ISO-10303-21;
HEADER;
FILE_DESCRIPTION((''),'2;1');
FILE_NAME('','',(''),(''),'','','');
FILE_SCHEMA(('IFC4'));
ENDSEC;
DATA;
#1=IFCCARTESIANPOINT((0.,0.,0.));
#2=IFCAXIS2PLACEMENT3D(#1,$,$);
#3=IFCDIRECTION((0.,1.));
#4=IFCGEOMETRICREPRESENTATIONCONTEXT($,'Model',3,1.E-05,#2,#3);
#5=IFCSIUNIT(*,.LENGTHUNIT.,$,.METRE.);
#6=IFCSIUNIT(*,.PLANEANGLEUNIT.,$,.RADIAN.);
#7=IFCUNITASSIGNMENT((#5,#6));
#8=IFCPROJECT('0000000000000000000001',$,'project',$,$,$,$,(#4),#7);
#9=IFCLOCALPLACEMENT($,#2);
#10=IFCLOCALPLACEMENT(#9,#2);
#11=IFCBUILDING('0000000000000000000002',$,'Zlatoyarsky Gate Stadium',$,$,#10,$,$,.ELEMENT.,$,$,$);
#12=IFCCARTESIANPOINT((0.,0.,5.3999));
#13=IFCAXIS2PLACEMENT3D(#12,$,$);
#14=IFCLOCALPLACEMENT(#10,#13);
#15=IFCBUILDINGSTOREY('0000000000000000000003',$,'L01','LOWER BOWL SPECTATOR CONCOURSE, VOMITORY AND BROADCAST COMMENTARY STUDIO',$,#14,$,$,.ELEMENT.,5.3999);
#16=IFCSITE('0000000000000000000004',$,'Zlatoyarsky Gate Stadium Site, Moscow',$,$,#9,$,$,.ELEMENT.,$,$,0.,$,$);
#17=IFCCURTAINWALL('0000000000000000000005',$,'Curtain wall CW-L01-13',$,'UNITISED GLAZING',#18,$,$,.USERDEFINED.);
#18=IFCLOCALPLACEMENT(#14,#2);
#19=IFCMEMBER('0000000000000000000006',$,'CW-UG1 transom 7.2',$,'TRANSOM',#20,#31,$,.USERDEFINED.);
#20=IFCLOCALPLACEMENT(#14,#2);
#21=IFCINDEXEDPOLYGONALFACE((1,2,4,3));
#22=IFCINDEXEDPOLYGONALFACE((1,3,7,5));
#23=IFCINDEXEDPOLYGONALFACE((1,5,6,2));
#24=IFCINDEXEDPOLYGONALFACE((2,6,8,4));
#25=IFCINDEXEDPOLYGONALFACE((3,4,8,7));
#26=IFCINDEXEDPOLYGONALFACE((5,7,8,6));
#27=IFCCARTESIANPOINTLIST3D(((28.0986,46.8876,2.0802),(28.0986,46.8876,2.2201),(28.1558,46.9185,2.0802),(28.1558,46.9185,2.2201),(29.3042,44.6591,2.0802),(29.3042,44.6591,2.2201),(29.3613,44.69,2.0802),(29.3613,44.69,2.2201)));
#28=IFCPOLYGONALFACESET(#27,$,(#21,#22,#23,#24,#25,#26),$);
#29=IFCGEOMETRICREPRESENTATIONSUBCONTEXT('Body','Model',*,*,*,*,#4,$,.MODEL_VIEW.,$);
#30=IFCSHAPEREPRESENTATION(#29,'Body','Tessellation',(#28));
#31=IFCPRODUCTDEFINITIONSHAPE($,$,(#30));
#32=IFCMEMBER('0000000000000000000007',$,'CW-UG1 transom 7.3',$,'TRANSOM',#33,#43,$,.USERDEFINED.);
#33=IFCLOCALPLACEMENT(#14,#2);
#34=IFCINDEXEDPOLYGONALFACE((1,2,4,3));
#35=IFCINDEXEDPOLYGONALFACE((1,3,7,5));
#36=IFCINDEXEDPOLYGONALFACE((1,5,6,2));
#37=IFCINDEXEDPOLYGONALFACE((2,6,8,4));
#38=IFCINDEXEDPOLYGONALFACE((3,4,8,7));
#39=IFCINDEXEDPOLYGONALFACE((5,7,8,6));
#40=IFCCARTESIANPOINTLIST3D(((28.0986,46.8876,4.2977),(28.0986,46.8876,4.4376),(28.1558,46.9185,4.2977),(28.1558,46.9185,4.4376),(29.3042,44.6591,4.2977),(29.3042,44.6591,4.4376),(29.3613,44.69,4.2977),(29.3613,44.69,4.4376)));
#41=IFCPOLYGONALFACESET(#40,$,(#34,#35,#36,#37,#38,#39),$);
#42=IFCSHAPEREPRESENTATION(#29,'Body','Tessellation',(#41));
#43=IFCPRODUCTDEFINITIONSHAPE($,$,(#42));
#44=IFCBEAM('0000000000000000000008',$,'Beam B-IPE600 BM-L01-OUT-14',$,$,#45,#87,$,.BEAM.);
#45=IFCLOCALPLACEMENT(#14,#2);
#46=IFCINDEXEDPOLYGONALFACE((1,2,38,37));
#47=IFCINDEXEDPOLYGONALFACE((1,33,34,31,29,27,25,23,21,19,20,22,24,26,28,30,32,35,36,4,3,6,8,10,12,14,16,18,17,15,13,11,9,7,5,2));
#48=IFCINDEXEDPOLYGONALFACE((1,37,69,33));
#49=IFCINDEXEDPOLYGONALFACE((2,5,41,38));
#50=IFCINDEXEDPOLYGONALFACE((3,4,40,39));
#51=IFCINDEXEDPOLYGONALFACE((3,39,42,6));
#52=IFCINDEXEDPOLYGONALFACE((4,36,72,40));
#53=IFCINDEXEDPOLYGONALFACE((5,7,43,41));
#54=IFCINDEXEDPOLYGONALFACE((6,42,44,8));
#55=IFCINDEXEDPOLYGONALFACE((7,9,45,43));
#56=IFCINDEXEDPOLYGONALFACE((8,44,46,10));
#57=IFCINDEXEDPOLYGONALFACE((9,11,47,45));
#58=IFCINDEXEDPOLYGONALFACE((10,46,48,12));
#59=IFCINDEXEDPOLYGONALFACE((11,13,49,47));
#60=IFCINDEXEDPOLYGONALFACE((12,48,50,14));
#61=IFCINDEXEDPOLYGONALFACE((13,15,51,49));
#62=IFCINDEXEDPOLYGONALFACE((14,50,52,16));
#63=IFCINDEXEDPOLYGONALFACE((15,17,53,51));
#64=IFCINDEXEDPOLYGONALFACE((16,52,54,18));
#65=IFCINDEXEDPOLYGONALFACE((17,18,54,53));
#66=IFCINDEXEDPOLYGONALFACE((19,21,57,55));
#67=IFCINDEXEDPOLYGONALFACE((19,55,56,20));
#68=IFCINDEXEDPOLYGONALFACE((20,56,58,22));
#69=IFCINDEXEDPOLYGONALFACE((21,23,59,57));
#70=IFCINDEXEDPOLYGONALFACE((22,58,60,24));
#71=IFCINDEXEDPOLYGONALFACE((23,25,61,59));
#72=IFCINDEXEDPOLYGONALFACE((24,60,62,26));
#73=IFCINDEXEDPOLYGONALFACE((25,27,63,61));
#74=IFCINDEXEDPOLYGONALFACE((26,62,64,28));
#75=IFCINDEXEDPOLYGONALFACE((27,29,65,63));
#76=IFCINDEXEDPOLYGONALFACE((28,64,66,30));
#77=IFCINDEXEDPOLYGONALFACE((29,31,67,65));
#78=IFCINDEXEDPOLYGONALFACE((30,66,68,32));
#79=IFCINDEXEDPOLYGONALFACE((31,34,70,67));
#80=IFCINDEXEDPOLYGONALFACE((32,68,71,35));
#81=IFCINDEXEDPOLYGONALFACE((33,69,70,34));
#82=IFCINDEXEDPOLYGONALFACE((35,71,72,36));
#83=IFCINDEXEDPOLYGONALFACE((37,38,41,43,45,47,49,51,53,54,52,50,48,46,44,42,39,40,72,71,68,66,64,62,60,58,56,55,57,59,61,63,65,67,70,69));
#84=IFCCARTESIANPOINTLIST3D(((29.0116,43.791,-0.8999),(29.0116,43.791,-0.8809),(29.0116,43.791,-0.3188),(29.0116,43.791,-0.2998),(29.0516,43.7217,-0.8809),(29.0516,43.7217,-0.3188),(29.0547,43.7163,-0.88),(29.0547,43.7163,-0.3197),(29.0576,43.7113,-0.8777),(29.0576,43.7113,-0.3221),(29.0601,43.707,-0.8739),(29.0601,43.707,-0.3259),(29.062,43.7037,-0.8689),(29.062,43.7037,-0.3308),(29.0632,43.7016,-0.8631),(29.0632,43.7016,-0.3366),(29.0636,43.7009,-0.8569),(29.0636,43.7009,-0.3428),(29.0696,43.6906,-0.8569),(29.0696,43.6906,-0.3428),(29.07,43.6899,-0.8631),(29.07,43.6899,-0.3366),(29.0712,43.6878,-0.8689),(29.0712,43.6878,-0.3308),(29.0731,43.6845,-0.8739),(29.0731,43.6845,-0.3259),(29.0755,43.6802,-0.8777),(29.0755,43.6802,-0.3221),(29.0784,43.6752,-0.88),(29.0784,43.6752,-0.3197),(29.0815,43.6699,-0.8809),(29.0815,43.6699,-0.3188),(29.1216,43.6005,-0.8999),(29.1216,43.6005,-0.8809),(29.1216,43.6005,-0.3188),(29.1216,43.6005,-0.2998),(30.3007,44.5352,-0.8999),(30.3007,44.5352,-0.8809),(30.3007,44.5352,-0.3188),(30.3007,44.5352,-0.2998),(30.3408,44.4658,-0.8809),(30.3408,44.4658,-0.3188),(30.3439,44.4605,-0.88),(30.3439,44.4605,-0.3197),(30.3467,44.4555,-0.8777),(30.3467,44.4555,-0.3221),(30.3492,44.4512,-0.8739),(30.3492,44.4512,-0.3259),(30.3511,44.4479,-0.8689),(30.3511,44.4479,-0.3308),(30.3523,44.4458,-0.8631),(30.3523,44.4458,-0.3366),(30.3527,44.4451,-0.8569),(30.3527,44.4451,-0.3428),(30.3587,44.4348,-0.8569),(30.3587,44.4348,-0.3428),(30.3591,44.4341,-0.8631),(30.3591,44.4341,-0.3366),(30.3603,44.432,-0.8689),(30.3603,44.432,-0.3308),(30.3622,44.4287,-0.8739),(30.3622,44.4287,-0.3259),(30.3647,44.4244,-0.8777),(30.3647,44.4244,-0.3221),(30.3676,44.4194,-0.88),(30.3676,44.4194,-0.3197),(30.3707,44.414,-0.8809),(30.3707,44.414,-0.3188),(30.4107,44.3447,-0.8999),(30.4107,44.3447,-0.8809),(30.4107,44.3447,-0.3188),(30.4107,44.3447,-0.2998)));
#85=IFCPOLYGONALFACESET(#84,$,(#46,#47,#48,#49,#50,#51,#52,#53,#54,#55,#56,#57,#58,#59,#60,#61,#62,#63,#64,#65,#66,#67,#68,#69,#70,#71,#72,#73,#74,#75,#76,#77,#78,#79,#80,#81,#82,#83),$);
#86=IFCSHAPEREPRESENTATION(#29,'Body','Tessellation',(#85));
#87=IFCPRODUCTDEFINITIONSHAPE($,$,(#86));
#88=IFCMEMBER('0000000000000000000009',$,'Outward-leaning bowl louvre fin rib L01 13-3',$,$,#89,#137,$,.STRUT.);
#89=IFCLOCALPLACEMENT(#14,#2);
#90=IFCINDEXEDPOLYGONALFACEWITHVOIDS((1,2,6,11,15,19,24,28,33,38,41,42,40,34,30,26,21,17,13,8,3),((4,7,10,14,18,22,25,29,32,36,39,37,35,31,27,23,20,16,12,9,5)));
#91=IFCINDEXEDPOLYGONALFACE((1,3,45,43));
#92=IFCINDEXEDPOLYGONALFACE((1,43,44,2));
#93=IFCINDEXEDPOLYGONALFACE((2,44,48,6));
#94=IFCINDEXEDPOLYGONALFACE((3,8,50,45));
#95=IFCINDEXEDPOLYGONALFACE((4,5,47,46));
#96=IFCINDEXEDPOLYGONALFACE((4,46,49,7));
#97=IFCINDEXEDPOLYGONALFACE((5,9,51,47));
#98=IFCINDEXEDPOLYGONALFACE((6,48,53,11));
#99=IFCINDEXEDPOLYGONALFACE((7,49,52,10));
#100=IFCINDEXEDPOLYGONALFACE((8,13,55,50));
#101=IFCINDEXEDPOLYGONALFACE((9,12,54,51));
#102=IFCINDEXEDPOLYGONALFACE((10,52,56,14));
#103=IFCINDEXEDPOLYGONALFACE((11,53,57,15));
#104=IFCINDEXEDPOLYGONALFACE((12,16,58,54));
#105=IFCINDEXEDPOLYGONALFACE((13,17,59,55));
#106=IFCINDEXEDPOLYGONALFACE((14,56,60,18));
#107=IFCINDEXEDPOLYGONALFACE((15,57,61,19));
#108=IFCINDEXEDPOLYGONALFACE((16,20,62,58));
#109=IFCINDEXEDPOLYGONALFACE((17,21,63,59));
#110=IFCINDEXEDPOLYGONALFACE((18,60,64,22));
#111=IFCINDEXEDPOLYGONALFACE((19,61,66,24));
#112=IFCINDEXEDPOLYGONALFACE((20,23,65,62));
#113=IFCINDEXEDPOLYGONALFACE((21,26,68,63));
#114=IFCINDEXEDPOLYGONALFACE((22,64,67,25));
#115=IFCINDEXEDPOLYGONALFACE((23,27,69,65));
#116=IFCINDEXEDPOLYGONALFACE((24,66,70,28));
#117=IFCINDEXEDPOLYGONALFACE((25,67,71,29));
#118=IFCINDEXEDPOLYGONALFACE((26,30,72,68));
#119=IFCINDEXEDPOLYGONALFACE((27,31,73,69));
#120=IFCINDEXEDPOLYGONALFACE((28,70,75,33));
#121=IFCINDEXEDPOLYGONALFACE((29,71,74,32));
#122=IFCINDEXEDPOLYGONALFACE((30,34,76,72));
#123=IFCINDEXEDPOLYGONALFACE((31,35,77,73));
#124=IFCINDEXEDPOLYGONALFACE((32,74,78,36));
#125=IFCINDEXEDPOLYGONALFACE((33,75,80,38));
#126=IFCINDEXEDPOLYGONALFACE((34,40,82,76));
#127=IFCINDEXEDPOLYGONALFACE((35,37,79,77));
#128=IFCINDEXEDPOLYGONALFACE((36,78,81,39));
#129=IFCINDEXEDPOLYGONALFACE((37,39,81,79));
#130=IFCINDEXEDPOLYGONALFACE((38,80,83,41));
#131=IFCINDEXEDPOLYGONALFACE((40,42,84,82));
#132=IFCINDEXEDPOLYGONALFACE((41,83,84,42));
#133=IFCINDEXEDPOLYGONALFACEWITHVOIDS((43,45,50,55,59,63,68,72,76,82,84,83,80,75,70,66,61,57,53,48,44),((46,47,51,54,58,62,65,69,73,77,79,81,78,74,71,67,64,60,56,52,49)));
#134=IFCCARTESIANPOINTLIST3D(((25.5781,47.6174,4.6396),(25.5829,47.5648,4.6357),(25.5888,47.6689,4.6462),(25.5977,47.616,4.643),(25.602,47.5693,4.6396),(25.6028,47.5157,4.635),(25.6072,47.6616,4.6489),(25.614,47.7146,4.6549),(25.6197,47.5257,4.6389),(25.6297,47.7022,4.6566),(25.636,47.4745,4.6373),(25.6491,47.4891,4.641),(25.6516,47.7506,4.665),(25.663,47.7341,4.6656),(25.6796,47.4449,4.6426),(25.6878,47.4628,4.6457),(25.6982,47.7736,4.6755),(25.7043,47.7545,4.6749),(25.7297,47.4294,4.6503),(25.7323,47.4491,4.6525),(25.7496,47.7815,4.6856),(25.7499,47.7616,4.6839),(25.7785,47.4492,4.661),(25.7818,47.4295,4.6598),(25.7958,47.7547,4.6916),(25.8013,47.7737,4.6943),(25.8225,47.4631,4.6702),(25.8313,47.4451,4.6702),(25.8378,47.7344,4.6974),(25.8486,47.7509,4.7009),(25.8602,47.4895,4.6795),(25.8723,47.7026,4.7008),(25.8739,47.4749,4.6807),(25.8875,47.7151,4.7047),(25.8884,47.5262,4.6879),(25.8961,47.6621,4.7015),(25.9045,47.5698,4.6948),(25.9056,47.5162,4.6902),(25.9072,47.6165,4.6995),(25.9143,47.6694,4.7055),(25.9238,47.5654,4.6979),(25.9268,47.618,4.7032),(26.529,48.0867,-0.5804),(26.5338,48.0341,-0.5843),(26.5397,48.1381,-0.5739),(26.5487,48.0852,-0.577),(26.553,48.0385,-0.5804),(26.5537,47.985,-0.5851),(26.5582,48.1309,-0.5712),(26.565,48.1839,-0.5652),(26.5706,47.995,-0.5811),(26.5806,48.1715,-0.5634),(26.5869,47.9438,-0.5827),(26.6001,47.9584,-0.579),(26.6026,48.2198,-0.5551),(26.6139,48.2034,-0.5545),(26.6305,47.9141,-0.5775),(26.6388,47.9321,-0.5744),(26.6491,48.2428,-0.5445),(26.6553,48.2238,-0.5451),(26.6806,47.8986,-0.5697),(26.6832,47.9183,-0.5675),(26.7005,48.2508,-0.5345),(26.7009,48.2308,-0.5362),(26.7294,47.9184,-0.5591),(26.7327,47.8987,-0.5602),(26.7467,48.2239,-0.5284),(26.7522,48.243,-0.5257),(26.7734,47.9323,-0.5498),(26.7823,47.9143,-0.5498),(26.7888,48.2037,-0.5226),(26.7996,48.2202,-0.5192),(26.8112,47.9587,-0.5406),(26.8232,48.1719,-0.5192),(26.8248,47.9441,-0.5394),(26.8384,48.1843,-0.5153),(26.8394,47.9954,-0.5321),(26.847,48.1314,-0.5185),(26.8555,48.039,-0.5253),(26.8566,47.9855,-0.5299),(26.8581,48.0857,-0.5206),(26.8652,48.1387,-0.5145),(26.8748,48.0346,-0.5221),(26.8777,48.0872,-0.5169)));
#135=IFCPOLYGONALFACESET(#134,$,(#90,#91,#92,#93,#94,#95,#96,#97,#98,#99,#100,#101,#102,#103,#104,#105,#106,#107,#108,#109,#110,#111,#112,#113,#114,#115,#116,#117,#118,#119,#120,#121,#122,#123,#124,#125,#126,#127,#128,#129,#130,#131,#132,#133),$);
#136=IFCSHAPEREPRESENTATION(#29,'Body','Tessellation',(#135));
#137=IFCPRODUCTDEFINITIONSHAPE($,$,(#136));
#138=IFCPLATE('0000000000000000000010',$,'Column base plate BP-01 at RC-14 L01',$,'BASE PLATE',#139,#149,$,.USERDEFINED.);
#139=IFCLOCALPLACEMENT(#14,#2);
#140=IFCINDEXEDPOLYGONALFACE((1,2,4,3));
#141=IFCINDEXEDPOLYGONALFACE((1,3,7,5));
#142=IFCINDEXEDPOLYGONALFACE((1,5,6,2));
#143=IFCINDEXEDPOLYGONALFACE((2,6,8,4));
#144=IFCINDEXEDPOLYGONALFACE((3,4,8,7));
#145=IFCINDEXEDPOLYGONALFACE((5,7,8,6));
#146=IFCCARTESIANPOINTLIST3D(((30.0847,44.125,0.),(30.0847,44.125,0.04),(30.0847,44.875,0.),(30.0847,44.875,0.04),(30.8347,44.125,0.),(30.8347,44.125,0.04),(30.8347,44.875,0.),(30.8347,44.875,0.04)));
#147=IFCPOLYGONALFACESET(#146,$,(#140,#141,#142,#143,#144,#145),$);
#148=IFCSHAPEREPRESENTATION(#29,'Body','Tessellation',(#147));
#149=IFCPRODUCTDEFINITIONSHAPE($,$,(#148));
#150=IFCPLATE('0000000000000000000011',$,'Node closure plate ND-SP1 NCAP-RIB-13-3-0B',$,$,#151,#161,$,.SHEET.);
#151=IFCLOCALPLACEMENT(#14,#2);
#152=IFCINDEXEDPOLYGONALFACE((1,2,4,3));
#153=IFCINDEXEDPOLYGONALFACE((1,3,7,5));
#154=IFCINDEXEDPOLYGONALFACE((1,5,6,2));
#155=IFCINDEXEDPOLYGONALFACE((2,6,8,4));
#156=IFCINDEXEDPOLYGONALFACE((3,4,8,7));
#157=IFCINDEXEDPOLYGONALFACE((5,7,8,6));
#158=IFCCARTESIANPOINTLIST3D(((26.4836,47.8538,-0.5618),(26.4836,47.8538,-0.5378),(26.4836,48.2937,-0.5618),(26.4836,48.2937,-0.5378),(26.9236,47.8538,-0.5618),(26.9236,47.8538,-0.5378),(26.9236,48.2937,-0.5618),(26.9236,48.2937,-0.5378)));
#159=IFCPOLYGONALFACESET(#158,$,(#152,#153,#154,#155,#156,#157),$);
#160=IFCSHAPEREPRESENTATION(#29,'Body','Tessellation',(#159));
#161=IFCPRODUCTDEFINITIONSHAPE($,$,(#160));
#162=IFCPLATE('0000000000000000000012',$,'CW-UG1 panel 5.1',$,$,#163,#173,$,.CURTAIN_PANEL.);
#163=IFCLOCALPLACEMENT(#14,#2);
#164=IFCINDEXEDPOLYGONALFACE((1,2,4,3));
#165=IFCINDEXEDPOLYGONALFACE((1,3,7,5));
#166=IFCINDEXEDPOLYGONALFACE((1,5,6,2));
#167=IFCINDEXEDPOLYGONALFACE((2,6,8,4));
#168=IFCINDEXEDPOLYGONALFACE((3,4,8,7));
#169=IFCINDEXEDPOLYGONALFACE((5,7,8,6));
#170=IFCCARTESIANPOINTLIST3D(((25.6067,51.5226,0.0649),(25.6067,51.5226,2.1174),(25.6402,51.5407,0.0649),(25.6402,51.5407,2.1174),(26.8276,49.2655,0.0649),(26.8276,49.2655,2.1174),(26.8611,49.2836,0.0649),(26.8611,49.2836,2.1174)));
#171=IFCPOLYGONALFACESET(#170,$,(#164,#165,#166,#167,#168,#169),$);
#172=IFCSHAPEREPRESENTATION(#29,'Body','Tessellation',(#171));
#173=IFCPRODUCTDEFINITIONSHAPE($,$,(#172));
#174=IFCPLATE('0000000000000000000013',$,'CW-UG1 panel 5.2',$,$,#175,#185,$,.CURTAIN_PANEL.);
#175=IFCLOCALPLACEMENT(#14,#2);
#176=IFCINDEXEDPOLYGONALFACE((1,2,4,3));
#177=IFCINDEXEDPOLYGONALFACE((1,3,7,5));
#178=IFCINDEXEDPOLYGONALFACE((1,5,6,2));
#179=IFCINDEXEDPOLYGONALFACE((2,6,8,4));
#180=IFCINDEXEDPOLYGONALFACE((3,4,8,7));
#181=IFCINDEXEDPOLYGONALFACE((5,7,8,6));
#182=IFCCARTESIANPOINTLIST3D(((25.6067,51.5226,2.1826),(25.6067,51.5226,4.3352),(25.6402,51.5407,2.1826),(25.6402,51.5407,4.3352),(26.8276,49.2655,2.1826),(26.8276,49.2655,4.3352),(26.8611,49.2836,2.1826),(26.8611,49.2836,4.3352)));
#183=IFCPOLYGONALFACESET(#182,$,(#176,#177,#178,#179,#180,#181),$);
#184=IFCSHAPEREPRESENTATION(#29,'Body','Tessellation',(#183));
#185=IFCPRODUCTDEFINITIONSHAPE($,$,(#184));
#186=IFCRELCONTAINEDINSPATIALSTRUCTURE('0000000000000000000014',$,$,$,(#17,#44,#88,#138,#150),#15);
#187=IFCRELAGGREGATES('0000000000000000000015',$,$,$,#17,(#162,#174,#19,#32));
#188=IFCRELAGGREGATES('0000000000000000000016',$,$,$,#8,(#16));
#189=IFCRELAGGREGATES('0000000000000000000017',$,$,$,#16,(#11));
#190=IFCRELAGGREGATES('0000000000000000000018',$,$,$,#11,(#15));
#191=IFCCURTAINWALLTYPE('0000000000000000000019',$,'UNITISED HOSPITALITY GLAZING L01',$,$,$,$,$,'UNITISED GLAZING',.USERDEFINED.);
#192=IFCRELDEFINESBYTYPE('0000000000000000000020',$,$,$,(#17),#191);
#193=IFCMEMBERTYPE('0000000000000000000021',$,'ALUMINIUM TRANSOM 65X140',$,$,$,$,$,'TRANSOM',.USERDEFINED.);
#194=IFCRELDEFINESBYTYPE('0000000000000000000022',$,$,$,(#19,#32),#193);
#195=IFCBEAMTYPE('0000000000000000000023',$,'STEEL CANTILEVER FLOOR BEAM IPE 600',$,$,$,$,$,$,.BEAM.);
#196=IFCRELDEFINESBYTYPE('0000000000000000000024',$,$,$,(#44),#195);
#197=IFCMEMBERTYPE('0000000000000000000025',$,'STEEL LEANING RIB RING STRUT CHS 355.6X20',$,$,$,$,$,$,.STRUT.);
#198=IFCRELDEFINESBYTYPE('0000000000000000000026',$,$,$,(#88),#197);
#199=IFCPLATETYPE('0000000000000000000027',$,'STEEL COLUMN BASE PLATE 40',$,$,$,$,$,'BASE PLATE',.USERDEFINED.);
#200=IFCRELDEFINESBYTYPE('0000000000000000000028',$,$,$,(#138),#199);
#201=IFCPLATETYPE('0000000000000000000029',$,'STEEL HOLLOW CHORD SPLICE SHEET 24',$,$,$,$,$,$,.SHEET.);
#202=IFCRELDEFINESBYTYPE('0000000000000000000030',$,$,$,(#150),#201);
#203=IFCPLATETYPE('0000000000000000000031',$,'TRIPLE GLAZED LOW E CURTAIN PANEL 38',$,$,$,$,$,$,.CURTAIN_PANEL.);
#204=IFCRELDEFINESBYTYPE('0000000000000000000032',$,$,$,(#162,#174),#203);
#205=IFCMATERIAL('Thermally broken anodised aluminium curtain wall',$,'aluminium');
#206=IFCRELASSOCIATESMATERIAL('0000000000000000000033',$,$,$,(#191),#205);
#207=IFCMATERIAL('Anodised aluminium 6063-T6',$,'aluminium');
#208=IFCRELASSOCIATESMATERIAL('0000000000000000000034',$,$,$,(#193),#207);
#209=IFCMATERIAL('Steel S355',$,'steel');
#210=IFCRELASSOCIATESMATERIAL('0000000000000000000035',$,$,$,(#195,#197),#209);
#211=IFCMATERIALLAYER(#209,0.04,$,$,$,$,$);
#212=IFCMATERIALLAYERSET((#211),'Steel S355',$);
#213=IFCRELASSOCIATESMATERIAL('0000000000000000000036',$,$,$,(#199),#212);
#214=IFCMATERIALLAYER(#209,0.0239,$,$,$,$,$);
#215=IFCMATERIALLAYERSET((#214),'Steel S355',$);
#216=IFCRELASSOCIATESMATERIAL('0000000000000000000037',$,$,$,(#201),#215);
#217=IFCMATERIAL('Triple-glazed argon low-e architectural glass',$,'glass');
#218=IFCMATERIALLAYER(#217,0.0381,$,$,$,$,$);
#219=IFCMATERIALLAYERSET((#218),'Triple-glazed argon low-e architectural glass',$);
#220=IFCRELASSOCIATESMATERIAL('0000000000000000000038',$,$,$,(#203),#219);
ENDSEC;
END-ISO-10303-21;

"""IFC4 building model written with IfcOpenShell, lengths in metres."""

from ifc_helpers import new_model, si_unit, direction, frame, origin, origin_2d, place, context, subcontext, project, spatial, rectangle, hollow_circle, i_section, extrude, material, layer, layer_set, material_profile, profile_set, type_object, element, aggregate, save


model = new_model("IFC4")

# Units and contexts
model_context = context("Model", 3, precision=1e-05, world=origin(), true_north=direction((0.0, 1.0)))
body_context = subcontext(model_context, "Body", "Model", "MODEL_VIEW")
ifc_project = project(units=[si_unit("LENGTHUNIT", "METRE"), si_unit("PLANEANGLEUNIT", "RADIAN")], contexts=[model_context])

# Site, building, storey
site_placement = place(None, origin())
site = spatial("IfcSite", under=ifc_project, at=site_placement, Name="Zlatoyarsky Gate Stadium Site, Moscow", CompositionType="ELEMENT", RefElevation=0.0)
building_placement = place(site_placement, origin())
building = spatial("IfcBuilding", under=site, at=building_placement, Name="Zlatoyarsky Gate Stadium", CompositionType="ELEMENT")
storey_placement = place(building_placement, frame((0.0, 0.0, 5.3999)))
storey = spatial("IfcBuildingStorey", under=building, at=storey_placement, Name="L01", Description="LOWER BOWL SPECTATOR CONCOURSE, VOMITORY AND BROADCAST COMMENTARY STUDIO", CompositionType="ELEMENT", Elevation=5.3999)

# Shared definitions
ifc_material_1 = material(Name="Steel S355", Category="steel")

# Curtain wall, members
ifc_material_2 = material(Name="Thermally broken anodised aluminium curtain wall", Category="aluminium")
curtain_wall_type = type_object("IfcCurtainWallType", Name="UNITISED HOSPITALITY GLAZING L01", ElementType="UNITISED GLAZING", PredefinedType="USERDEFINED", material=ifc_material_2)
curtain_wall_placement = place(storey_placement, origin())
curtain_wall = element("IfcCurtainWall", 1, at=curtain_wall_placement, inside=storey, type_object=curtain_wall_type, Name="Curtain wall CW-L01-13", ObjectType="UNITISED GLAZING", PredefinedType="USERDEFINED")
ifc_material_3 = material(Name="Anodised aluminium 6063-T6", Category="aluminium")
ifc_material_profile_1 = material_profile(ifc_material_3, rectangle(XDim=0.0649, YDim=0.1399, at=origin_2d()), Name="ALU 65X140")
ifc_profile_set_1 = profile_set([ifc_material_profile_1], Name="Anodised aluminium 6063-T6")
member_type_1 = type_object("IfcMemberType", Name="ALUMINIUM TRANSOM 65X140", ElementType="TRANSOM", PredefinedType="USERDEFINED", material=ifc_profile_set_1)
member_1_placement = place(storey_placement, frame((28.1272, 46.9031, 2.1501), z_axis=(0.475811, -0.879547, 0.0), x_axis=(0.879547, 0.475811, 0.0)))
member_1 = element("IfcMember", 2, at=member_1_placement, type_object=member_type_1, Name="CW-UG1 transom 7.2", ObjectType="TRANSOM", PredefinedType="USERDEFINED", context=body_context, shape_type="SweptSolid", body=[
    extrude(rectangle(XDim=0.0649, YDim=0.1399, at=origin_2d()), origin(), (0.0, 0.0, 1.0), 2.5337),
])
member_2_placement = place(storey_placement, frame((28.1272, 46.9031, 4.3677), z_axis=(0.475811, -0.879547, 0.0), x_axis=(0.879547, 0.475811, 0.0)))
member_2 = element("IfcMember", 3, at=member_2_placement, type_object=member_type_1, Name="CW-UG1 transom 7.3", ObjectType="TRANSOM", PredefinedType="USERDEFINED", context=body_context, shape_type="SweptSolid", body=[
    extrude(rectangle(XDim=0.0649, YDim=0.1399, at=origin_2d()), origin(), (0.0, 0.0, 1.0), 2.5337),
])

# Beam
ifc_material_profile_2 = material_profile(ifc_material_1, i_section(OverallWidth=0.22, OverallDepth=0.6001, WebThickness=0.012, FlangeThickness=0.019, FilletRadius=0.0239, at=origin_2d()), Name="IPE 600")
ifc_profile_set_2 = profile_set([ifc_material_profile_2], Name="Steel S355")
beam_type = type_object("IfcBeamType", Name="STEEL CANTILEVER FLOOR BEAM IPE 600", PredefinedType="BEAM", material=ifc_profile_set_2)
beam_placement = place(storey_placement, frame((30.3557, 44.4399, -0.5999), z_axis=(-0.866054, -0.49995, 0.0), x_axis=(0.49995, -0.866054, 0.0)))
element("IfcBeam", 4, at=beam_placement, inside=storey, type_object=beam_type, Name="Beam B-IPE600 BM-L01-OUT-14", PredefinedType="BEAM", context=body_context, shape_type="SweptSolid", body=[
    extrude(i_section(OverallWidth=0.22, OverallDepth=0.6001, WebThickness=0.012, FlangeThickness=0.019, FilletRadius=0.0239, at=origin_2d()), origin(), (0.0, 0.0, 1.0), 1.4885),
])

# Member
ifc_material_profile_3 = material_profile(ifc_material_1, hollow_circle(Radius=0.1777, WallThickness=0.02, at=origin_2d()), Name="CHS 355.6X20")
ifc_profile_set_3 = profile_set([ifc_material_profile_3], Name="Steel S355")
member_type_2 = type_object("IfcMemberType", Name="STEEL LEANING RIB RING STRUT CHS 355.6X20", PredefinedType="STRUT", material=ifc_profile_set_3)
member_3_placement = place(storey_placement, frame((26.7036, 48.0737, -0.5498), z_axis=(-0.178525, -0.088094, 0.979984), x_axis=(0.442511, -0.896763, 0.0)))
element("IfcMember", 5, at=member_3_placement, inside=storey, type_object=member_type_2, Name="Outward-leaning bowl louvre fin rib L01 13-3", PredefinedType="STRUT", context=body_context, shape_type="SweptSolid", body=[
    extrude(hollow_circle(Radius=0.1777, WallThickness=0.02, at=origin_2d()), origin(), (0.0, 0.0, 1.0), 5.3267),
])

# Plates
ifc_layer_1 = layer(ifc_material_1, 0.04)
ifc_layer_set_1 = layer_set([ifc_layer_1], Name="Steel S355")
plate_type_1 = type_object("IfcPlateType", Name="STEEL COLUMN BASE PLATE 40", ElementType="BASE PLATE", PredefinedType="USERDEFINED", material=ifc_layer_set_1)
plate_1_placement = place(storey_placement, frame((30.4597, 44.5, 0.0), z_axis=(0.0, 0.0, 1.0), x_axis=(1.0, 0.0, 0.0)))
element("IfcPlate", 6, at=plate_1_placement, inside=storey, type_object=plate_type_1, Name="Column base plate BP-01 at RC-14 L01", ObjectType="BASE PLATE", PredefinedType="USERDEFINED", context=body_context, shape_type="SweptSolid", body=[
    extrude(rectangle(XDim=0.75, YDim=0.75, at=origin_2d()), origin(), (0.0, 0.0, 1.0), 0.04),
])
ifc_layer_2 = layer(ifc_material_1, 0.0239)
ifc_layer_set_2 = layer_set([ifc_layer_2], Name="Steel S355")
plate_type_2 = type_object("IfcPlateType", Name="STEEL HOLLOW CHORD SPLICE SHEET 24", PredefinedType="SHEET", material=ifc_layer_set_2)
plate_2_placement = place(storey_placement, frame((26.7036, 48.0737, -0.5618), z_axis=(0.0, 0.0, 1.0), x_axis=(1.0, 0.0, 0.0)))
element("IfcPlate", 7, at=plate_2_placement, inside=storey, type_object=plate_type_2, Name="Node closure plate ND-SP1 NCAP-RIB-13-3-0B", PredefinedType="SHEET", context=body_context, shape_type="SweptSolid", body=[
    extrude(rectangle(XDim=0.4399, YDim=0.4399, at=origin_2d()), origin(), (0.0, 0.0, 1.0), 0.0239),
])

# Plates
ifc_material_4 = material(Name="Triple-glazed argon low-e architectural glass", Category="glass")
ifc_layer_3 = layer(ifc_material_4, 0.0381)
ifc_layer_set_3 = layer_set([ifc_layer_3], Name="Triple-glazed argon low-e architectural glass")
plate_type_3 = type_object("IfcPlateType", Name="TRIPLE GLAZED LOW E CURTAIN PANEL 38", PredefinedType="CURTAIN_PANEL", material=ifc_layer_set_3)
plate_3_placement = place(storey_placement, frame((26.2339, 50.4031, 0.0649), z_axis=(0.0, 0.0, 1.0), x_axis=(0.475786, -0.879561, 0.0)))
plate_3 = element("IfcPlate", 8, at=plate_3_placement, type_object=plate_type_3, Name="CW-UG1 panel 5.1", PredefinedType="CURTAIN_PANEL", context=body_context, shape_type="SweptSolid", body=[
    extrude(rectangle(XDim=2.5662, YDim=0.0381, at=origin_2d()), origin(), (0.0, 0.0, 1.0), 2.0525),
])
plate_4_placement = place(storey_placement, frame((26.2339, 50.4031, 2.1826), z_axis=(0.0, 0.0, 1.0), x_axis=(0.475786, -0.879561, 0.0)))
plate_4 = element("IfcPlate", 9, at=plate_4_placement, type_object=plate_type_3, Name="CW-UG1 panel 5.2", PredefinedType="CURTAIN_PANEL", context=body_context, shape_type="SweptSolid", body=[
    extrude(rectangle(XDim=2.5662, YDim=0.0381, at=origin_2d()), origin(), (0.0, 0.0, 1.0), 2.1526),
])
aggregate(curtain_wall, [plate_3, plate_4, member_1, member_2])

save(model, "model.ifc")
